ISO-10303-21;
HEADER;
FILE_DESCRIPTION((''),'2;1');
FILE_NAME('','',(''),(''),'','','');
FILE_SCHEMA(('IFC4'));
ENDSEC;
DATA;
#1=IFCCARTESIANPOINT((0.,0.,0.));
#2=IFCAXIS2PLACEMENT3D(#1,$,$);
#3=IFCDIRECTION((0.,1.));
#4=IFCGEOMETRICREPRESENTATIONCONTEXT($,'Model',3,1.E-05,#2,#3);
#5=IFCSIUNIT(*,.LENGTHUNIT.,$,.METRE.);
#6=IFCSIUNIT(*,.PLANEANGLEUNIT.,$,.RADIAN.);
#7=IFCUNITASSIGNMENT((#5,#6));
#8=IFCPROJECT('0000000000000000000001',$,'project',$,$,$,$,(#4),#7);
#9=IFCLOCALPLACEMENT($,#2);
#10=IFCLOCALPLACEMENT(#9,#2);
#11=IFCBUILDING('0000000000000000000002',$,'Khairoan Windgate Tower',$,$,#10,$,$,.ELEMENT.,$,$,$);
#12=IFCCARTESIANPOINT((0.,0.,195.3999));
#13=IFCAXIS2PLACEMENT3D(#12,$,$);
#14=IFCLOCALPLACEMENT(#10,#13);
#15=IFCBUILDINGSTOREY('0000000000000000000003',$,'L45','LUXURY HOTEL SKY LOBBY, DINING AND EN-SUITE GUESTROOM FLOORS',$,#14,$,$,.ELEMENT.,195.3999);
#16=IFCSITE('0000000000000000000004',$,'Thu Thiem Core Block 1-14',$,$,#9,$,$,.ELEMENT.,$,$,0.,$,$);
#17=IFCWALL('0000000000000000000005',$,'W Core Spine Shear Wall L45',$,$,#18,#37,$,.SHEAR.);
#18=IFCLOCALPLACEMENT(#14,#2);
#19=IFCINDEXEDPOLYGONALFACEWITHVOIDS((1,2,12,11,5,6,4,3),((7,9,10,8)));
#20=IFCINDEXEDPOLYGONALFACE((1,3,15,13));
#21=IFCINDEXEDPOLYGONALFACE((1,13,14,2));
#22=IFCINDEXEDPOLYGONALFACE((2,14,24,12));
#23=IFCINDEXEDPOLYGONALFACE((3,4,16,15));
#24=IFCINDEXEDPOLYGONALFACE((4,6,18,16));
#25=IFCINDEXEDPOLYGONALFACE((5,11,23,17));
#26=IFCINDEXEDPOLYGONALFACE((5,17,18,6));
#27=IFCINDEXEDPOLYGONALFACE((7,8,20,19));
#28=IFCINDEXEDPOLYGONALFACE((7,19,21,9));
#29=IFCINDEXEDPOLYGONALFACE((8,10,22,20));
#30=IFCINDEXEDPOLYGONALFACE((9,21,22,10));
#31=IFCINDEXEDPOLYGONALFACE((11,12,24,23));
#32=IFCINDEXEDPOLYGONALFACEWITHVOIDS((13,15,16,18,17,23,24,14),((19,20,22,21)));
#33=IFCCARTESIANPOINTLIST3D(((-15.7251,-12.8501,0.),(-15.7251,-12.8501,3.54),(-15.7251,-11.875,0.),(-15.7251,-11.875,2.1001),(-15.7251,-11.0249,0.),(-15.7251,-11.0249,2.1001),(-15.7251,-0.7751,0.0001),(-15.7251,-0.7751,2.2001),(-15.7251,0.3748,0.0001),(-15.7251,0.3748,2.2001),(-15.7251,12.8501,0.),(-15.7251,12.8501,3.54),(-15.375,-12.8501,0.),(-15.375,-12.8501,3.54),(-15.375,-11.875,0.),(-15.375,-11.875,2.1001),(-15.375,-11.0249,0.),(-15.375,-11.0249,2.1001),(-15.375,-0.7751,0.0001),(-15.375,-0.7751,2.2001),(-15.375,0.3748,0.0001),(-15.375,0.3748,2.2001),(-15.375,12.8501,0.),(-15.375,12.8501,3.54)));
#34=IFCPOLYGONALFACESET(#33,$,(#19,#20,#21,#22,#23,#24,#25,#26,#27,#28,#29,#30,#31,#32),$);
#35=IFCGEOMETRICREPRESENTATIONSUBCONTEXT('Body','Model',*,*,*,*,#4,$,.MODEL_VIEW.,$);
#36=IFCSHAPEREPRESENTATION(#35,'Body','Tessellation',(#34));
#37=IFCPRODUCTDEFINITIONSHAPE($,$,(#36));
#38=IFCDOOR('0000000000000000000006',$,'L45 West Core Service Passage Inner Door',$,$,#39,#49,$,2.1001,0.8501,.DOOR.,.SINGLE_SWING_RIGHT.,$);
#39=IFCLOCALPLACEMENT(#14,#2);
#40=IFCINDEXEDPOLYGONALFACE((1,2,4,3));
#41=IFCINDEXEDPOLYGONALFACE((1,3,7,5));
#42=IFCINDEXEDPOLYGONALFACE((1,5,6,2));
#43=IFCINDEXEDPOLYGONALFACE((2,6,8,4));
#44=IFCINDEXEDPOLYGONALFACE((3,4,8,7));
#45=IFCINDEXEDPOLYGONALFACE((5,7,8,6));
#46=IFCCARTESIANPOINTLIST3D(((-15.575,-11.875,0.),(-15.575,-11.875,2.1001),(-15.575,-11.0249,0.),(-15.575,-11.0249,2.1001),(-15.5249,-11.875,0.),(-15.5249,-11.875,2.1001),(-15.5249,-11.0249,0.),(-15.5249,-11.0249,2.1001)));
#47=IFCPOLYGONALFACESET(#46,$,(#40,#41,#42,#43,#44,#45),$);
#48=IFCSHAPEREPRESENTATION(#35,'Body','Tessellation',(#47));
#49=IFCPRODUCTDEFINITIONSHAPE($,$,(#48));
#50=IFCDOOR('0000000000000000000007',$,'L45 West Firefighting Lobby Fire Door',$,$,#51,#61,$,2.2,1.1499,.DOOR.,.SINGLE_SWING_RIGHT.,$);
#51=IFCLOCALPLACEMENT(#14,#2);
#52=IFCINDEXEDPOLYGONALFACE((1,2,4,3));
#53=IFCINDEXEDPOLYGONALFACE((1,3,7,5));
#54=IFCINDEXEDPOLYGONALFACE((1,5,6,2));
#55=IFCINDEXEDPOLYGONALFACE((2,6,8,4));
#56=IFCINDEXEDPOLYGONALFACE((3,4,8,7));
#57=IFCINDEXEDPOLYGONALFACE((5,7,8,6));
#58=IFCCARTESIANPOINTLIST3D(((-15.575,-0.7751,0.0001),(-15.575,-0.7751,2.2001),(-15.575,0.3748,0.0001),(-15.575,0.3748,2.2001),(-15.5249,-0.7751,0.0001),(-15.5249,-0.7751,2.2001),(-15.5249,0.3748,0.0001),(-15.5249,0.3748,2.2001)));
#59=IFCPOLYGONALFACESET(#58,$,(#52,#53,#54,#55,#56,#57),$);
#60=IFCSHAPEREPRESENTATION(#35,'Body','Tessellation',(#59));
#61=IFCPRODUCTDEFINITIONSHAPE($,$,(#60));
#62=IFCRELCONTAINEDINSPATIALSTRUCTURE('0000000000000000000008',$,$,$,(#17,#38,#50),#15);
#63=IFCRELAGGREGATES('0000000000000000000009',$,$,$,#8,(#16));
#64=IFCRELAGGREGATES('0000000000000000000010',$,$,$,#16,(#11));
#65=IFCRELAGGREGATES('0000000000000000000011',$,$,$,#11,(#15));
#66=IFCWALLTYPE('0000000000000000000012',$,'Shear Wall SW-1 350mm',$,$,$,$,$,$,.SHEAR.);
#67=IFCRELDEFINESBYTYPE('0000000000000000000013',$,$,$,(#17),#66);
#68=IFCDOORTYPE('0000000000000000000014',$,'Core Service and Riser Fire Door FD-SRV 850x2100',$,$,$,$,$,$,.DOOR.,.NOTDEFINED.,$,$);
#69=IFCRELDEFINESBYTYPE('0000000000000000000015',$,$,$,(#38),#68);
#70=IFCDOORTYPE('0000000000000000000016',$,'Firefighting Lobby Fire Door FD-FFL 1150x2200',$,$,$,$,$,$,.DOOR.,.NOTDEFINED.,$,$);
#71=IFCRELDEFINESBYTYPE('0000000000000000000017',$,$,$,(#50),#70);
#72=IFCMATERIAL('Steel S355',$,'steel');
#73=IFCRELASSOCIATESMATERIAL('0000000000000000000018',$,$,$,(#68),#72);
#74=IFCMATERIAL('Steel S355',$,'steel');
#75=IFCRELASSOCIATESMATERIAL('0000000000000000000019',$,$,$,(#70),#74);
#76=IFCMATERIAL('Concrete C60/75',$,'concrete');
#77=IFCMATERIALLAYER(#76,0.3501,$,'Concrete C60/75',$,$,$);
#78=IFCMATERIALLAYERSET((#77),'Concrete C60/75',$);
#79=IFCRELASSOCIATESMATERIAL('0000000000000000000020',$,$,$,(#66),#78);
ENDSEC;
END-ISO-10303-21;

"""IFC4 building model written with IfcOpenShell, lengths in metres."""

from ifc_helpers import new_model, si_unit, direction, frame, frame_2d, origin, place, context, subcontext, project, spatial, rectangle, extrude, material, layer, layer_set, type_object, element, fill, save


model = new_model("IFC4")

# Units and contexts
model_context = context("Model", 3, precision=1e-05, world=origin(), true_north=direction((0.0, 1.0)))
body_context = subcontext(model_context, "Body", "Model", "MODEL_VIEW")
ifc_project = project(units=[si_unit("LENGTHUNIT", "METRE"), si_unit("PLANEANGLEUNIT", "RADIAN")], contexts=[model_context])

# Site, building, storey
site_placement = place(None, origin())
site = spatial("IfcSite", under=ifc_project, at=site_placement, Name="Thu Thiem Core Block 1-14", CompositionType="ELEMENT", RefElevation=0.0)
building_placement = place(site_placement, origin())
building = spatial("IfcBuilding", under=site, at=building_placement, Name="Khairoan Windgate Tower", CompositionType="ELEMENT")
storey_placement = place(building_placement, frame((0.0, 0.0, 195.3999)))
storey = spatial("IfcBuildingStorey", under=building, at=storey_placement, Name="L45", Description="LUXURY HOTEL SKY LOBBY, DINING AND EN-SUITE GUESTROOM FLOORS", CompositionType="ELEMENT", Elevation=195.3999)

# Wall, openings, doors
ifc_material_1 = material(Name="Steel S355", Category="steel")
door_type_1 = type_object("IfcDoorType", Name="Core Service and Riser Fire Door FD-SRV 850x2100", OperationType="NOTDEFINED", PredefinedType="DOOR", material=ifc_material_1)
ifc_material_2 = material(Name="Steel S355", Category="steel")
door_type_2 = type_object("IfcDoorType", Name="Firefighting Lobby Fire Door FD-FFL 1150x2200", OperationType="NOTDEFINED", PredefinedType="DOOR", material=ifc_material_2)
ifc_material_3 = material(Name="Concrete C60/75", Category="concrete")
ifc_layer_1 = layer(ifc_material_3, 0.3501, Name="Concrete C60/75")
ifc_layer_set_1 = layer_set([ifc_layer_1], Name="Concrete C60/75")
wall_type_1 = type_object("IfcWallType", Name="Shear Wall SW-1 350mm", PredefinedType="SHEAR", material=ifc_layer_set_1)
wall_1_placement = place(storey_placement, frame((-15.55, -12.8501, 0.0), z_axis=(0.0, 0.0, 1.0), x_axis=(0.0, 1.0, 0.0)))
wall_1 = element("IfcWall", 1, at=wall_1_placement, inside=storey, type_object=wall_type_1, Name="W Core Spine Shear Wall L45", PredefinedType="SHEAR", context=body_context, shape_type="SweptSolid", body=[
    extrude(rectangle(XDim=25.7002, YDim=0.3501, at=frame_2d((12.8501, 0.0))), origin(), (0.0, 0.0, 1.0), 3.54),
])
opening_1_placement = place(wall_1_placement, frame((12.075, 0.0, 0.0)))
opening_1 = element("IfcOpeningElement", 2, at=opening_1_placement, cuts=wall_1, PredefinedType="OPENING", context=body_context, shape_type="SweptSolid", body=[
    extrude(rectangle(XDim=1.1499, YDim=2.2, at=frame_2d((0.575, 1.1001))), frame((0.0, 0.1851, 0.0), z_axis=(0.0, -1.0, 0.0), x_axis=(1.0, 0.0, 0.0)), (0.0, 0.0, 1.0), 0.3701),
])
opening_2_placement = place(wall_1_placement, frame((0.9751, 0.0, 0.0)))
opening_2 = element("IfcOpeningElement", 3, at=opening_2_placement, cuts=wall_1, PredefinedType="OPENING", context=body_context, shape_type="SweptSolid", body=[
    extrude(rectangle(XDim=0.8501, YDim=2.1001, at=frame_2d((0.425, 1.05))), frame((0.0, 0.1851, 0.0), z_axis=(0.0, -1.0, 0.0), x_axis=(1.0, 0.0, 0.0)), (0.0, 0.0, 1.0), 0.3701),
])
door_1_placement = place(opening_2_placement, origin())
door_1 = element("IfcDoor", 4, at=door_1_placement, inside=storey, type_object=door_type_1, Name="L45 West Core Service Passage Inner Door", OperationType="SINGLE_SWING_RIGHT", OverallHeight=2.1001, OverallWidth=0.8501, PredefinedType="DOOR", context=body_context, shape_type="SweptSolid", body=[
    extrude(rectangle(XDim=0.8501, YDim=2.1001, at=frame_2d((0.425, 1.05))), frame((0.0, 0.0249, 0.0), z_axis=(0.0, -1.0, 0.0), x_axis=(1.0, 0.0, 0.0)), (0.0, 0.0, 1.0), 0.05),
])
fill(opening_2, door_1)
door_2_placement = place(opening_1_placement, origin())
door_2 = element("IfcDoor", 5, at=door_2_placement, inside=storey, type_object=door_type_2, Name="L45 West Firefighting Lobby Fire Door", OperationType="SINGLE_SWING_RIGHT", OverallHeight=2.2, OverallWidth=1.1499, PredefinedType="DOOR", context=body_context, shape_type="SweptSolid", body=[
    extrude(rectangle(XDim=1.1499, YDim=2.2, at=frame_2d((0.575, 1.1001))), frame((0.0, 0.0249, 0.0), z_axis=(0.0, -1.0, 0.0), x_axis=(1.0, 0.0, 0.0)), (0.0, 0.0, 1.0), 0.05),
])
fill(opening_1, door_2)

save(model, "model.ifc")
